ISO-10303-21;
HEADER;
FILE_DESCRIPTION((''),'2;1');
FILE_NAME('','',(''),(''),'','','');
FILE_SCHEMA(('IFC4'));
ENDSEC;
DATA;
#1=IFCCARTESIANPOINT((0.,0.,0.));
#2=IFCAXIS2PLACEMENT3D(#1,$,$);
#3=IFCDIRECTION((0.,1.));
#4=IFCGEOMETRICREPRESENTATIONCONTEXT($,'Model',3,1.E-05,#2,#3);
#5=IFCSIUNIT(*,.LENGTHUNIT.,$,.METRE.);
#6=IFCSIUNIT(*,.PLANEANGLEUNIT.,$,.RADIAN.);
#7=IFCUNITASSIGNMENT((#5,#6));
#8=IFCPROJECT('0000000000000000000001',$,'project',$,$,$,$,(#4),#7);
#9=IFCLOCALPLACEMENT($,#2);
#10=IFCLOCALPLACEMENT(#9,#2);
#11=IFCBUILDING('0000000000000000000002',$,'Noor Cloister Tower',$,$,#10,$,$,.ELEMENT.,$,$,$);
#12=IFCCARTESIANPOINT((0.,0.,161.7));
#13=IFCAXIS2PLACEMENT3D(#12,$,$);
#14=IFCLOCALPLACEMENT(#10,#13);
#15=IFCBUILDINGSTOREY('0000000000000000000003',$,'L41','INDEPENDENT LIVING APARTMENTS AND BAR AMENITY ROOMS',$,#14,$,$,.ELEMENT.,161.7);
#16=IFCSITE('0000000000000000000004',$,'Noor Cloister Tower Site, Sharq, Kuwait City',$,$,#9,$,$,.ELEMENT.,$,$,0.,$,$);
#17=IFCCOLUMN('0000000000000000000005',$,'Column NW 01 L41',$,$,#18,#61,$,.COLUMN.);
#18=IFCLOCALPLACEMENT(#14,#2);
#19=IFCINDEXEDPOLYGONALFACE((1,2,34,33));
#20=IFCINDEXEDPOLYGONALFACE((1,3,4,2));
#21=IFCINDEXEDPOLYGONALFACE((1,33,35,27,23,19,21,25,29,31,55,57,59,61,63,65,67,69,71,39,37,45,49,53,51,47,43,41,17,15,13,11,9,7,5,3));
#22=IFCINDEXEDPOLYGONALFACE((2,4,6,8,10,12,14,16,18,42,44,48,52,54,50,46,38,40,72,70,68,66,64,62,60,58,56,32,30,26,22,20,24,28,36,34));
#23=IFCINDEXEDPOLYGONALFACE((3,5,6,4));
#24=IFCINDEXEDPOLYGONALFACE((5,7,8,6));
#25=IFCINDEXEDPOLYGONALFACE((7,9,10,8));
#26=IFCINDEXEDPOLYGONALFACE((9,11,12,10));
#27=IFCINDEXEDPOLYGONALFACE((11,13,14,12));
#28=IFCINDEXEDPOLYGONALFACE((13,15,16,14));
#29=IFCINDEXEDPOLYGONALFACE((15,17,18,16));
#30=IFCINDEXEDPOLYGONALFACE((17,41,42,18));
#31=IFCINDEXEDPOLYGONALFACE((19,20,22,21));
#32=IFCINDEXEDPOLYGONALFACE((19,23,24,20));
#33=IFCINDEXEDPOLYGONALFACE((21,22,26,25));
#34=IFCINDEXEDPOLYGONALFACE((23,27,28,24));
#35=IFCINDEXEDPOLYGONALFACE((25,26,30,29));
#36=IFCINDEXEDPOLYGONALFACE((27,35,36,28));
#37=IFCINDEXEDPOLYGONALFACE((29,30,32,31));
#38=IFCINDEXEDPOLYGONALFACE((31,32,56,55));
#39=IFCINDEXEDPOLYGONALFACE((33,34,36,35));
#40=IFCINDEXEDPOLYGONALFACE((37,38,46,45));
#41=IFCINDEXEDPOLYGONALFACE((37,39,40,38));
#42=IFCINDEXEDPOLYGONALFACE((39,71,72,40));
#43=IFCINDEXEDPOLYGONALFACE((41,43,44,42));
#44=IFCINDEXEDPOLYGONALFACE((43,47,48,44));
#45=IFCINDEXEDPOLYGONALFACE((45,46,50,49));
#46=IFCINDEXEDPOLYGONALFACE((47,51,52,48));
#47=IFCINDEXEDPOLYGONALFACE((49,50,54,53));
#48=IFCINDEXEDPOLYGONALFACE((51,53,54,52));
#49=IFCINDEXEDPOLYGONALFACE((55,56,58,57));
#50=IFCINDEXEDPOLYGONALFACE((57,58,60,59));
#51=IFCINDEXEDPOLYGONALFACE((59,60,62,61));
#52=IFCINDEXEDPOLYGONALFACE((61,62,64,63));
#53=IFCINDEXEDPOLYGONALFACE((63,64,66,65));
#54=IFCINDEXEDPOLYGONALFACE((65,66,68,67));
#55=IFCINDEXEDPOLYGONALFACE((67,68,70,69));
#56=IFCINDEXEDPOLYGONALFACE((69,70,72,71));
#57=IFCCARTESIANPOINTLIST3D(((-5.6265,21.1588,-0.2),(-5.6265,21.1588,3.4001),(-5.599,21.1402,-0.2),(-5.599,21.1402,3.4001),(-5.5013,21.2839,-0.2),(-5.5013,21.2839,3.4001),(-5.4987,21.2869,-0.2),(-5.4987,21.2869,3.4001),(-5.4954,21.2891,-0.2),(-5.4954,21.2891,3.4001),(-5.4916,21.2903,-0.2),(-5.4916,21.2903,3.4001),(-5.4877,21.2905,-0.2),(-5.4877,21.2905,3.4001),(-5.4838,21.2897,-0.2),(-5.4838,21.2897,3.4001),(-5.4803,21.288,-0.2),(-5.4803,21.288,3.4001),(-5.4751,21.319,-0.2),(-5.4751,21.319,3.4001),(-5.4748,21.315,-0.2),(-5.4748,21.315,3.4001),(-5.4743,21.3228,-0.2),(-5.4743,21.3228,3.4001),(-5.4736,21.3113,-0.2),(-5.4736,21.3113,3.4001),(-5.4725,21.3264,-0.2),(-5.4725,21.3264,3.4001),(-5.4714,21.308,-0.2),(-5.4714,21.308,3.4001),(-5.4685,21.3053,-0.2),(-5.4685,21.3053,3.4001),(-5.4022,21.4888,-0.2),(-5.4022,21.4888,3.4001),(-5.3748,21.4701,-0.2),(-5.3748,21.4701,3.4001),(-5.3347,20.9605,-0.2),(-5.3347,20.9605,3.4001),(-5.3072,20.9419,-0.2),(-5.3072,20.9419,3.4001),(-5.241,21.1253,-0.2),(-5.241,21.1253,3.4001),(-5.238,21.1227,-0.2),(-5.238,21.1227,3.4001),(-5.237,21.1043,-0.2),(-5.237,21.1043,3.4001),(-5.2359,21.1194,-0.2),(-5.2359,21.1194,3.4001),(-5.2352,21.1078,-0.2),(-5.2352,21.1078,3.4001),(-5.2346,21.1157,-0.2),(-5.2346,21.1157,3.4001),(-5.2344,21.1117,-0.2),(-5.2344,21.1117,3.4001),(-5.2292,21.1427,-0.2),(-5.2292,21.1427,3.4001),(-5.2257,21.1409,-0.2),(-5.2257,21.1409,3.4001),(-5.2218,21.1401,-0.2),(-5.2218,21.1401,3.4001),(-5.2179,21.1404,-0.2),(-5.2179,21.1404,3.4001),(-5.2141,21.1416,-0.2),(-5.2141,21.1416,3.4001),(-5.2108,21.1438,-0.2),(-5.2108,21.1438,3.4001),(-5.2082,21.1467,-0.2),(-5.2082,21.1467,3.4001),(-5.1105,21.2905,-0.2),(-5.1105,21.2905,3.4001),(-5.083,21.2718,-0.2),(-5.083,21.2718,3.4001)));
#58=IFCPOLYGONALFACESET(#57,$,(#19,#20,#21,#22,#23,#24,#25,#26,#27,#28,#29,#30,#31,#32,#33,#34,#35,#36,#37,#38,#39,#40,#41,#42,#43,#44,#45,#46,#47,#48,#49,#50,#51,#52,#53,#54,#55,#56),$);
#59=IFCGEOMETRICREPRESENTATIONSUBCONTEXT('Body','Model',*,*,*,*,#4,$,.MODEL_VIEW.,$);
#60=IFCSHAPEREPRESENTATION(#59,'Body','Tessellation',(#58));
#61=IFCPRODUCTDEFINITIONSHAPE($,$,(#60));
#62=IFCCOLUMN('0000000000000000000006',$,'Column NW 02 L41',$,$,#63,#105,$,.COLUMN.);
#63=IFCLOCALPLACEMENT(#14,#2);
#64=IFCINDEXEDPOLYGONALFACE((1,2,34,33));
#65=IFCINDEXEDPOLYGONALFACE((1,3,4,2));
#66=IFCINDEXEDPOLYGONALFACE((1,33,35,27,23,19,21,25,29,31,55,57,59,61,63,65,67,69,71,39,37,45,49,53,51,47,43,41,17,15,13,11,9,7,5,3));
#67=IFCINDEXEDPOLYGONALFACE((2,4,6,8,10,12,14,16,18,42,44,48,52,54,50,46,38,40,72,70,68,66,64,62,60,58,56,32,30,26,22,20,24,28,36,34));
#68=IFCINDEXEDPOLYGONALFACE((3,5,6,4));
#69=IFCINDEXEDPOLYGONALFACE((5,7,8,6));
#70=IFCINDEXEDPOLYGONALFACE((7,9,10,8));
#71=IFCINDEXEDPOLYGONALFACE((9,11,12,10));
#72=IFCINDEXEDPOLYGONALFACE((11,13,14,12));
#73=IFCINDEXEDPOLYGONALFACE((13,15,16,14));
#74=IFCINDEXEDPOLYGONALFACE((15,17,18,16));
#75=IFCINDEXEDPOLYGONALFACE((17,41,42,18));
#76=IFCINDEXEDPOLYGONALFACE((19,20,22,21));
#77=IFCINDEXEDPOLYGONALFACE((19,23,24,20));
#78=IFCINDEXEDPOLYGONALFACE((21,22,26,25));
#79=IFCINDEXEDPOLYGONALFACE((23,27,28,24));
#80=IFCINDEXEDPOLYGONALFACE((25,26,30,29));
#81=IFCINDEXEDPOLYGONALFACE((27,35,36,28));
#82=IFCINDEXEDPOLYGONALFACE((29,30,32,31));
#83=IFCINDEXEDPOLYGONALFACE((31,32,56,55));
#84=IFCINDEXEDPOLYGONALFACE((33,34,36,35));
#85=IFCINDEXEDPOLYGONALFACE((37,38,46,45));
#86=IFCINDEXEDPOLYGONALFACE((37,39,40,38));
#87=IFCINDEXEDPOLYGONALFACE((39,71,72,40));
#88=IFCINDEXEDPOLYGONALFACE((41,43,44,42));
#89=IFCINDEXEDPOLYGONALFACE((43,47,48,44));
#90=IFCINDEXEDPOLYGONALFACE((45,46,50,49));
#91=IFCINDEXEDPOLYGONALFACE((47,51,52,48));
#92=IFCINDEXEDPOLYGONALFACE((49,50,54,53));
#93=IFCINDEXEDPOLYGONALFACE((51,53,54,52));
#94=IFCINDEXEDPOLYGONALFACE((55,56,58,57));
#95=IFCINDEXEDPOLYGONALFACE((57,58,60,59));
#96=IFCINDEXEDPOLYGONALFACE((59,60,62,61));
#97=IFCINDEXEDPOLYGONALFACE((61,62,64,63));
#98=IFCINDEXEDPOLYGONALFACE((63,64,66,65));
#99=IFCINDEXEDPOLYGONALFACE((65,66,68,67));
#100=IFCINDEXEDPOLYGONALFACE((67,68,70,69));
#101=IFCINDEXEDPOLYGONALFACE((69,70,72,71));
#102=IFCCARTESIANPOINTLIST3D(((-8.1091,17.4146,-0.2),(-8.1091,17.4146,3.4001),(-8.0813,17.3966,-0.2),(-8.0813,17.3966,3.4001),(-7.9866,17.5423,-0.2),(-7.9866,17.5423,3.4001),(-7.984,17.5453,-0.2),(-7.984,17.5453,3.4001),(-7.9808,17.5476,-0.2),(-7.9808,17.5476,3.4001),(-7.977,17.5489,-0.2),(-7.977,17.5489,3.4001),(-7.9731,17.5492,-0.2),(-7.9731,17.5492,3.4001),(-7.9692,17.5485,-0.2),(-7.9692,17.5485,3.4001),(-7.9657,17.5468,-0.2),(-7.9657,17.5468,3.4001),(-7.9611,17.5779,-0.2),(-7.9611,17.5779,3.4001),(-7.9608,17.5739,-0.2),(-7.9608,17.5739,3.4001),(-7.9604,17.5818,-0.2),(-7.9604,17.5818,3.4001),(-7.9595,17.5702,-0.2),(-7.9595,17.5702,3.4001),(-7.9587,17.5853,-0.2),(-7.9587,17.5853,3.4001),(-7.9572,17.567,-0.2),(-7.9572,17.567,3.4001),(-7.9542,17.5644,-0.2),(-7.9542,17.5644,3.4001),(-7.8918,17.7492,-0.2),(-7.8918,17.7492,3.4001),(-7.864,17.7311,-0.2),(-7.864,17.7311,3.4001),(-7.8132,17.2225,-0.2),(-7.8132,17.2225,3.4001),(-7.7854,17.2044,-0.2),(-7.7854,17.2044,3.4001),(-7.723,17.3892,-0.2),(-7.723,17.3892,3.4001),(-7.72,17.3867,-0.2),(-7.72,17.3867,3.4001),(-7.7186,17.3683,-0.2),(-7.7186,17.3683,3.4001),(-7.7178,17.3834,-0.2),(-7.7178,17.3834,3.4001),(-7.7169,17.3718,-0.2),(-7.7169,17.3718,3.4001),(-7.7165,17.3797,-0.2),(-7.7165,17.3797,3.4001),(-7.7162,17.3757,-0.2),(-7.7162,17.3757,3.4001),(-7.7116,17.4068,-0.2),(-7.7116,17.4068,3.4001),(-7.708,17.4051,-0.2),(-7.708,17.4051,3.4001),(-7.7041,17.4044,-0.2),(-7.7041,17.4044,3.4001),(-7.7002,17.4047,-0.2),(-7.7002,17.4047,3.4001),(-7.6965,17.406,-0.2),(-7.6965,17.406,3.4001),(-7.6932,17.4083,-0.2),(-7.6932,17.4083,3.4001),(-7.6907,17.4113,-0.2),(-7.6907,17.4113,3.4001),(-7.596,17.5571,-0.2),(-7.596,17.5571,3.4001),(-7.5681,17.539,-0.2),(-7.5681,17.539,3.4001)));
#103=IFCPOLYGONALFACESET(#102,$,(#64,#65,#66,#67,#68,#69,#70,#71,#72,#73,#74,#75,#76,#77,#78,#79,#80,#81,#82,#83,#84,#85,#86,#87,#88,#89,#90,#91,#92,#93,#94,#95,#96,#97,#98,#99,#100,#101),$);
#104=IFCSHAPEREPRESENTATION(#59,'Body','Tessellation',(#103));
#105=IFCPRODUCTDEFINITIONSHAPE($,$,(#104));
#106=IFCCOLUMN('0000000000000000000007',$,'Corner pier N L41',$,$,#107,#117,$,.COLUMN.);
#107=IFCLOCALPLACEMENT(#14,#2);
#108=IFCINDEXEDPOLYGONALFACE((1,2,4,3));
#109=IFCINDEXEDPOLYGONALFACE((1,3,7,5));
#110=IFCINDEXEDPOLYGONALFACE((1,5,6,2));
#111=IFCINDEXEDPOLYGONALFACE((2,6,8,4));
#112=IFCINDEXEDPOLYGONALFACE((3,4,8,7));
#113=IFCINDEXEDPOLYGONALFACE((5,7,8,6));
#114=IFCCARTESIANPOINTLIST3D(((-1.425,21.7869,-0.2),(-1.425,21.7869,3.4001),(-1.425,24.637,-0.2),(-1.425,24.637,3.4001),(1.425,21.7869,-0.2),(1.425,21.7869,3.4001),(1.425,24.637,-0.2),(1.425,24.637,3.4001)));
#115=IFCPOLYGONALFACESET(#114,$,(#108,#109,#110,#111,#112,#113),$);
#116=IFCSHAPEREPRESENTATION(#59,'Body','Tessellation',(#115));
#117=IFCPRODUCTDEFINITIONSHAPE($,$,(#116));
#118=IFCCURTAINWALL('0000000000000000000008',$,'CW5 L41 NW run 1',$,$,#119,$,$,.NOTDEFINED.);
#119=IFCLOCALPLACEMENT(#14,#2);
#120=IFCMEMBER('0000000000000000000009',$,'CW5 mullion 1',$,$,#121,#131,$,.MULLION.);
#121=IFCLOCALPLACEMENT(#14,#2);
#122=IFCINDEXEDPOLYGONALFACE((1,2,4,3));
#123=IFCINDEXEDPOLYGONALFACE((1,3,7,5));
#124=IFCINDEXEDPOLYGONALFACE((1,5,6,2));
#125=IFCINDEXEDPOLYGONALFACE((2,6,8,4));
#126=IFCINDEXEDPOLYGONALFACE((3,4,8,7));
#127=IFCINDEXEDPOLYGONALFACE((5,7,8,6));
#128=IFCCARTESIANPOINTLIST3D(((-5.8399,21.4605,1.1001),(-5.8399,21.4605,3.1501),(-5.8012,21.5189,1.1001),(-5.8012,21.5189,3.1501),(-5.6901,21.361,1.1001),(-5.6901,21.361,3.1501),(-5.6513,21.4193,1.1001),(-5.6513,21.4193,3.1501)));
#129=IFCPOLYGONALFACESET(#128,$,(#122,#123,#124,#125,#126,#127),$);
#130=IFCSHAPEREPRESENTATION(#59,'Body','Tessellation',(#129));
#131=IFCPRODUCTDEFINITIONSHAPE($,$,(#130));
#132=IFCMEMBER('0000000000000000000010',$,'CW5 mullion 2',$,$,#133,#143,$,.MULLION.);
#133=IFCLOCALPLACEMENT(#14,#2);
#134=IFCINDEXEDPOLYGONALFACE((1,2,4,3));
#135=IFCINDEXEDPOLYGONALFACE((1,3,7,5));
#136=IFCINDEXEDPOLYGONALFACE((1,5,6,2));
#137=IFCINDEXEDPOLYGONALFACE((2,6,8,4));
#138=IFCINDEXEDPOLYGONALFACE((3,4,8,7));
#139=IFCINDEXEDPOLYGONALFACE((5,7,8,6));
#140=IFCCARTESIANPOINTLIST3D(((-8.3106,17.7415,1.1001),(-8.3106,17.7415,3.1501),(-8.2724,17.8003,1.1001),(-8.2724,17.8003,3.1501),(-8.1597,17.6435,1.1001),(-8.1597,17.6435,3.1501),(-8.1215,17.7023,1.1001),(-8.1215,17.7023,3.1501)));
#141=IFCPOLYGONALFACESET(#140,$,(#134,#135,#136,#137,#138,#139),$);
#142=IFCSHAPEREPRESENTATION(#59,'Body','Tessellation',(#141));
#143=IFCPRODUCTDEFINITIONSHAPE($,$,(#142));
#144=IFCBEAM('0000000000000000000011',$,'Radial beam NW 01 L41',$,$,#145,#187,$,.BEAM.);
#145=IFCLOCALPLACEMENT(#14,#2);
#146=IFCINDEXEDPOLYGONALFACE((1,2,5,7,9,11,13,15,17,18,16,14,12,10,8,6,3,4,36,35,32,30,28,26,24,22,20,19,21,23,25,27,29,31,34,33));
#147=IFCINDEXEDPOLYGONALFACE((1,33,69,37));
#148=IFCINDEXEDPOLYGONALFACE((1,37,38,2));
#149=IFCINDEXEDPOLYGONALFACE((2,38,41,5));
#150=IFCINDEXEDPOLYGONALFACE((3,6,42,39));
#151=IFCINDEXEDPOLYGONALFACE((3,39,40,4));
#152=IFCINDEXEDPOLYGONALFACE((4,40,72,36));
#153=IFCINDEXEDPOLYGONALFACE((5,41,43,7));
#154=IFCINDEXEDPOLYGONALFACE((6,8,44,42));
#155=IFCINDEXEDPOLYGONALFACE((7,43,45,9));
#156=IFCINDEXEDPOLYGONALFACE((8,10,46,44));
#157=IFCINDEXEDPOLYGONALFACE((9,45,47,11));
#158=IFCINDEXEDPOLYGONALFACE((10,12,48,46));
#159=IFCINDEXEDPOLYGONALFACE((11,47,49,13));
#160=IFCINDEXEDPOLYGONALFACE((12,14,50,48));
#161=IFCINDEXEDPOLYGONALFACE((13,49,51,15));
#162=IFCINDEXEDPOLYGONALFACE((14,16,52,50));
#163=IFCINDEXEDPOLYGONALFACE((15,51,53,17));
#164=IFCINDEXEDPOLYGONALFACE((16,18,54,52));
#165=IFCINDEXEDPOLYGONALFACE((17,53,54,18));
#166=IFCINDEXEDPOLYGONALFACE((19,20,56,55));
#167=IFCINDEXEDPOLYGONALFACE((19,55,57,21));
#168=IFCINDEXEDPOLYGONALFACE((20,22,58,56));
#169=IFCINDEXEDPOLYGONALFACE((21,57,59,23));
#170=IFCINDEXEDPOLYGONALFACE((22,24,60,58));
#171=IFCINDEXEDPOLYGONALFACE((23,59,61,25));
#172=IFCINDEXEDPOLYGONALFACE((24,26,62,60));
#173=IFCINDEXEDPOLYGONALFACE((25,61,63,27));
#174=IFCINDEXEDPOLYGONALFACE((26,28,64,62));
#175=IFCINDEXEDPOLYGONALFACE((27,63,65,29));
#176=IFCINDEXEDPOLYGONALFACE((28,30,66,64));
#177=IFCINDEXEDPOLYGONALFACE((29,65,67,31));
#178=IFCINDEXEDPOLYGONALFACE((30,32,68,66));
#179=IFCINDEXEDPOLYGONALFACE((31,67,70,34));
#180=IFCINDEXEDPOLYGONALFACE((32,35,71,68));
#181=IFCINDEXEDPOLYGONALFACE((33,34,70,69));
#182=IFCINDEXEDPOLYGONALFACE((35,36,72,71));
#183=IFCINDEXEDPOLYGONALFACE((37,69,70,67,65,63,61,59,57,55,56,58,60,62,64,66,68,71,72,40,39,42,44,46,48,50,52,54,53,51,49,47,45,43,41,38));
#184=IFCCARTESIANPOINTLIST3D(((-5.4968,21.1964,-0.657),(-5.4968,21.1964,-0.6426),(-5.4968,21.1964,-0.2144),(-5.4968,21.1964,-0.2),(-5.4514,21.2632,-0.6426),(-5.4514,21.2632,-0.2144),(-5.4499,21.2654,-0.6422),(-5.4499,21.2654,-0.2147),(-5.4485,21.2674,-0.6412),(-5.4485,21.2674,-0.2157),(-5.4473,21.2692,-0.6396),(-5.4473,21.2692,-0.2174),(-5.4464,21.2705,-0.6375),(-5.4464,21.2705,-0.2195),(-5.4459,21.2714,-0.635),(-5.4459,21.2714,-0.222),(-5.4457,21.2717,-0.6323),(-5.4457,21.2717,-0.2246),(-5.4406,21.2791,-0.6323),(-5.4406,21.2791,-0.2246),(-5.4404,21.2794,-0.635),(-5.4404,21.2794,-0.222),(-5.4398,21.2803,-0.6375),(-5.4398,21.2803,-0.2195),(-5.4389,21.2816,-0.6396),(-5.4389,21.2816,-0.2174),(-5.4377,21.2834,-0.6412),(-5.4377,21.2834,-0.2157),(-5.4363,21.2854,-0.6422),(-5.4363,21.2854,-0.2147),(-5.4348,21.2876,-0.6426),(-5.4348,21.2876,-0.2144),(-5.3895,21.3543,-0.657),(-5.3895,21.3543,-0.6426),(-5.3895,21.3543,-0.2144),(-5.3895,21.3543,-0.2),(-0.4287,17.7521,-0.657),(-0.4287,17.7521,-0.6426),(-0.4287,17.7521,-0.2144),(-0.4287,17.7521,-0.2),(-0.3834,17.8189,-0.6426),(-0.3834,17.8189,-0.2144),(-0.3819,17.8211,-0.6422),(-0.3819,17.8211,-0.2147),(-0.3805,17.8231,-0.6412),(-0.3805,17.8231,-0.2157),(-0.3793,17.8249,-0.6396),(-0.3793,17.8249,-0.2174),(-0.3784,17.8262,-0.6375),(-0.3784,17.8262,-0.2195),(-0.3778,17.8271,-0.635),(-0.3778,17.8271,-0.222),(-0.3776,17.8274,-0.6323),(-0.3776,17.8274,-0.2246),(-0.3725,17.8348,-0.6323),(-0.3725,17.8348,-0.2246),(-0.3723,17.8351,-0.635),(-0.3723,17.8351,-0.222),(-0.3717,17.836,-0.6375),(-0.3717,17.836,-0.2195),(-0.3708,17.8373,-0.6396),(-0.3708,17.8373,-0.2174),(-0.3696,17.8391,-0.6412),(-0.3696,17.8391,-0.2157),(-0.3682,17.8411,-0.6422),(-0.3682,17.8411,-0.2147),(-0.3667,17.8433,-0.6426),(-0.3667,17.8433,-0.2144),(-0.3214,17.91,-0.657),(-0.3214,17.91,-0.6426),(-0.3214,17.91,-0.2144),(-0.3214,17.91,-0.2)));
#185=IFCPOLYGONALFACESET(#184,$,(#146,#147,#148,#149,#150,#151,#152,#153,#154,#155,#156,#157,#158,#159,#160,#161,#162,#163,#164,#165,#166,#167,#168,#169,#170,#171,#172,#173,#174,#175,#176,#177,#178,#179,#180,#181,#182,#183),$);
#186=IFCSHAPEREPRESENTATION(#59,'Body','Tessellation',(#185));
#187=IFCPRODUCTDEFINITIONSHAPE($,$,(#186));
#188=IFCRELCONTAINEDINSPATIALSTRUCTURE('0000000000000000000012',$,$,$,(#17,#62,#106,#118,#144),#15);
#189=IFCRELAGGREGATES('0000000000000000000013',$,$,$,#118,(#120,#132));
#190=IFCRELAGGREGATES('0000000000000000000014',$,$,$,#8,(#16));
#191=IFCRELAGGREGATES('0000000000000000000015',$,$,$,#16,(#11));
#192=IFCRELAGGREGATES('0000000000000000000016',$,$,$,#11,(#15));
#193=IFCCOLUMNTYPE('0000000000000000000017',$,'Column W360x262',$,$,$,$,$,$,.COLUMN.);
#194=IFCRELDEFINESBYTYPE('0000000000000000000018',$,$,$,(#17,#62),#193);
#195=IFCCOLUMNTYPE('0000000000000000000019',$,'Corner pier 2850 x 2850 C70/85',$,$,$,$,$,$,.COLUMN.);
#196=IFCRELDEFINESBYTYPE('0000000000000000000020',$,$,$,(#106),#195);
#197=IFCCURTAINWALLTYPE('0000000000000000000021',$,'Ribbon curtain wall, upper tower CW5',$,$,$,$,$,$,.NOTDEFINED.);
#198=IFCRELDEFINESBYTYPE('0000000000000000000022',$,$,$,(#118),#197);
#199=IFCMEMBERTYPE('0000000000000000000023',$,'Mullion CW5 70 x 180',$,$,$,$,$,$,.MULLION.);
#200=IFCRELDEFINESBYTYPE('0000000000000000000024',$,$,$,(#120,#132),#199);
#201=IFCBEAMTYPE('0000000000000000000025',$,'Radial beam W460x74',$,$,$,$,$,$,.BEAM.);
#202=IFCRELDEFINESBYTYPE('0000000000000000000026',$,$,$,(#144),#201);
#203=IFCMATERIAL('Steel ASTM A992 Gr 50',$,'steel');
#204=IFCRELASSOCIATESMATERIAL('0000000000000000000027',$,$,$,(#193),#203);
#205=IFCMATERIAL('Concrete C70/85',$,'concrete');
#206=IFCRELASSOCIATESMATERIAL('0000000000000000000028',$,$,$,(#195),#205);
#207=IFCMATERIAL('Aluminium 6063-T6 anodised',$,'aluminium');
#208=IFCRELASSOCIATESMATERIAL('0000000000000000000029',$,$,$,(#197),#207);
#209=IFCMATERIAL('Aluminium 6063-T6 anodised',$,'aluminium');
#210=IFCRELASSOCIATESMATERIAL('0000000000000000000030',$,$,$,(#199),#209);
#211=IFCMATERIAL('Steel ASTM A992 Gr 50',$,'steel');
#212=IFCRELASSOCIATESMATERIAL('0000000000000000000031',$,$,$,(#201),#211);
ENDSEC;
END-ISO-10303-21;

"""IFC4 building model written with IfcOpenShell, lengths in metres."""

from ifc_helpers import new_model, si_unit, direction, frame, origin, origin_2d, place, context, subcontext, project, spatial, rectangle, i_section, extrude, material, material_profile, profile_set, type_object, element, aggregate, save


model = new_model("IFC4")

# Units and contexts
model_context = context("Model", 3, precision=1e-05, world=origin(), true_north=direction((0.0, 1.0)))
body_context = subcontext(model_context, "Body", "Model", "MODEL_VIEW")
ifc_project = project(units=[si_unit("LENGTHUNIT", "METRE"), si_unit("PLANEANGLEUNIT", "RADIAN")], contexts=[model_context])

# Site, building, storey
site_placement = place(None, origin())
site = spatial("IfcSite", under=ifc_project, at=site_placement, Name="Noor Cloister Tower Site, Sharq, Kuwait City", CompositionType="ELEMENT", RefElevation=0.0)
building_placement = place(site_placement, origin())
building = spatial("IfcBuilding", under=site, at=building_placement, Name="Noor Cloister Tower", CompositionType="ELEMENT")
storey_placement = place(building_placement, frame((0.0, 0.0, 161.7)))
storey = spatial("IfcBuildingStorey", under=building, at=storey_placement, Name="L41", Description="INDEPENDENT LIVING APARTMENTS AND BAR AMENITY ROOMS", CompositionType="ELEMENT", Elevation=161.7)

# Columns
ifc_material_1 = material(Name="Steel ASTM A992 Gr 50", Category="steel")
ifc_material_profile_1 = material_profile(ifc_material_1, i_section(OverallWidth=0.3989, OverallDepth=0.386, WebThickness=0.021, FlangeThickness=0.0332, FilletRadius=0.0151, at=origin_2d()), Name="W360x262")
ifc_profile_set_1 = profile_set([ifc_material_profile_1], Name="Steel ASTM A992 Gr 50")
column_type_1 = type_object("IfcColumnType", Name="Column W360x262", PredefinedType="COLUMN", material=ifc_profile_set_1)
for number, where, z_axis, x_axis, name in (
    (1, (-5.3547, 21.2153, -0.2), (0.0, 0.0, 1.0), (-0.56209, -0.827076, 0.0), "Column NW 01 L41"),
    (2, (-7.8386, 17.4768, -0.2), (0.0, 0.0, 1.0), (-0.544644, -0.838667, 0.0), "Column NW 02 L41"),
):
    element("IfcColumn", number, at=place(storey_placement, frame(where, z_axis=z_axis, x_axis=x_axis)), inside=storey, type_object=column_type_1, Name=name, PredefinedType="COLUMN", context=body_context, shape_type="SweptSolid", body=[
        extrude(i_section(OverallWidth=0.3989, OverallDepth=0.386, WebThickness=0.021, FlangeThickness=0.0332, FilletRadius=0.0151, at=origin_2d()), origin(), (0.0, 0.0, 1.0), 3.6001),
    ])
ifc_material_2 = material(Name="Concrete C70/85", Category="concrete")
ifc_material_profile_2 = material_profile(ifc_material_2, rectangle(XDim=2.8501, YDim=2.8501, at=origin_2d()), Name="RC 2850x2850")
ifc_profile_set_2 = profile_set([ifc_material_profile_2], Name="Concrete C70/85")
column_type_2 = type_object("IfcColumnType", Name="Corner pier 2850 x 2850 C70/85", PredefinedType="COLUMN", material=ifc_profile_set_2)
column_placement = place(storey_placement, frame((0.0, 23.2119, -0.2), z_axis=(0.0, 0.0, 1.0), x_axis=(0.0, 1.0, 0.0)))
element("IfcColumn", 3, at=column_placement, inside=storey, type_object=column_type_2, Name="Corner pier N L41", PredefinedType="COLUMN", context=body_context, shape_type="SweptSolid", body=[
    extrude(rectangle(XDim=2.8501, YDim=2.8501, at=origin_2d()), origin(), (0.0, 0.0, 1.0), 3.6001),
])

# Curtain wall, members
ifc_material_3 = material(Name="Aluminium 6063-T6 anodised", Category="aluminium")
curtain_wall_type = type_object("IfcCurtainWallType", Name="Ribbon curtain wall, upper tower CW5", PredefinedType="NOTDEFINED", material=ifc_material_3)
curtain_wall_placement = place(storey_placement, origin())
curtain_wall = element("IfcCurtainWall", 4, at=curtain_wall_placement, inside=storey, type_object=curtain_wall_type, Name="CW5 L41 NW run 1", PredefinedType="NOTDEFINED")
ifc_material_4 = material(Name="Aluminium 6063-T6 anodised", Category="aluminium")
ifc_material_profile_3 = material_profile(ifc_material_4, rectangle(XDim=0.1799, YDim=0.0701, at=origin_2d()), Name="180 x 70 mullion")
ifc_profile_set_3 = profile_set([ifc_material_profile_3], Name="Aluminium 6063-T6 anodised")
member_type = type_object("IfcMemberType", Name="Mullion CW5 70 x 180", PredefinedType="MULLION", material=ifc_profile_set_3)
member_1_placement = place(storey_placement, frame((-5.7456, 21.4399, 1.1001), z_axis=(0.0, 0.0, 1.0), x_axis=(0.832917, -0.553398, 0.0)))
member_1 = element("IfcMember", 5, at=member_1_placement, type_object=member_type, Name="CW5 mullion 1", PredefinedType="MULLION", context=body_context, shape_type="SweptSolid", body=[
    extrude(rectangle(XDim=0.1799, YDim=0.0701, at=origin_2d()), origin(), (0.0, 0.0, 1.0), 2.05),
])
member_2_placement = place(storey_placement, frame((-8.2161, 17.7219, 1.1001), z_axis=(0.0, 0.0, 1.0), x_axis=(0.838667, -0.544644, 0.0)))
member_2 = element("IfcMember", 6, at=member_2_placement, type_object=member_type, Name="CW5 mullion 2", PredefinedType="MULLION", context=body_context, shape_type="SweptSolid", body=[
    extrude(rectangle(XDim=0.1799, YDim=0.0701, at=origin_2d()), origin(), (0.0, 0.0, 1.0), 2.05),
])

# Beam
ifc_material_5 = material(Name="Steel ASTM A992 Gr 50", Category="steel")
ifc_material_profile_4 = material_profile(ifc_material_5, i_section(OverallWidth=0.1909, OverallDepth=0.457, WebThickness=0.009, FlangeThickness=0.0144, FilletRadius=0.0103, at=origin_2d()), Name="W460x74")
ifc_profile_set_4 = profile_set([ifc_material_profile_4], Name="Steel ASTM A992 Gr 50")
beam_type_1 = type_object("IfcBeamType", Name="Radial beam W460x74", PredefinedType="BEAM", material=ifc_profile_set_4)
beam_1_placement = place(storey_placement, frame((-5.4431, 21.2754, -0.4285), z_axis=(0.827077, -0.562089, 0.0), x_axis=(0.562089, 0.827077, 0.0)))
element("IfcBeam", 7, at=beam_1_placement, inside=storey, type_object=beam_type_1, Name="Radial beam NW 01 L41", PredefinedType="BEAM", context=body_context, shape_type="SweptSolid", body=[
    extrude(i_section(OverallWidth=0.1909, OverallDepth=0.457, WebThickness=0.009, FlangeThickness=0.0144, FilletRadius=0.0103, at=origin_2d()), origin(), (0.0, 0.0, 1.0), 6.1277),
])

aggregate(curtain_wall, [member_1, member_2])

save(model, "model.ifc")
